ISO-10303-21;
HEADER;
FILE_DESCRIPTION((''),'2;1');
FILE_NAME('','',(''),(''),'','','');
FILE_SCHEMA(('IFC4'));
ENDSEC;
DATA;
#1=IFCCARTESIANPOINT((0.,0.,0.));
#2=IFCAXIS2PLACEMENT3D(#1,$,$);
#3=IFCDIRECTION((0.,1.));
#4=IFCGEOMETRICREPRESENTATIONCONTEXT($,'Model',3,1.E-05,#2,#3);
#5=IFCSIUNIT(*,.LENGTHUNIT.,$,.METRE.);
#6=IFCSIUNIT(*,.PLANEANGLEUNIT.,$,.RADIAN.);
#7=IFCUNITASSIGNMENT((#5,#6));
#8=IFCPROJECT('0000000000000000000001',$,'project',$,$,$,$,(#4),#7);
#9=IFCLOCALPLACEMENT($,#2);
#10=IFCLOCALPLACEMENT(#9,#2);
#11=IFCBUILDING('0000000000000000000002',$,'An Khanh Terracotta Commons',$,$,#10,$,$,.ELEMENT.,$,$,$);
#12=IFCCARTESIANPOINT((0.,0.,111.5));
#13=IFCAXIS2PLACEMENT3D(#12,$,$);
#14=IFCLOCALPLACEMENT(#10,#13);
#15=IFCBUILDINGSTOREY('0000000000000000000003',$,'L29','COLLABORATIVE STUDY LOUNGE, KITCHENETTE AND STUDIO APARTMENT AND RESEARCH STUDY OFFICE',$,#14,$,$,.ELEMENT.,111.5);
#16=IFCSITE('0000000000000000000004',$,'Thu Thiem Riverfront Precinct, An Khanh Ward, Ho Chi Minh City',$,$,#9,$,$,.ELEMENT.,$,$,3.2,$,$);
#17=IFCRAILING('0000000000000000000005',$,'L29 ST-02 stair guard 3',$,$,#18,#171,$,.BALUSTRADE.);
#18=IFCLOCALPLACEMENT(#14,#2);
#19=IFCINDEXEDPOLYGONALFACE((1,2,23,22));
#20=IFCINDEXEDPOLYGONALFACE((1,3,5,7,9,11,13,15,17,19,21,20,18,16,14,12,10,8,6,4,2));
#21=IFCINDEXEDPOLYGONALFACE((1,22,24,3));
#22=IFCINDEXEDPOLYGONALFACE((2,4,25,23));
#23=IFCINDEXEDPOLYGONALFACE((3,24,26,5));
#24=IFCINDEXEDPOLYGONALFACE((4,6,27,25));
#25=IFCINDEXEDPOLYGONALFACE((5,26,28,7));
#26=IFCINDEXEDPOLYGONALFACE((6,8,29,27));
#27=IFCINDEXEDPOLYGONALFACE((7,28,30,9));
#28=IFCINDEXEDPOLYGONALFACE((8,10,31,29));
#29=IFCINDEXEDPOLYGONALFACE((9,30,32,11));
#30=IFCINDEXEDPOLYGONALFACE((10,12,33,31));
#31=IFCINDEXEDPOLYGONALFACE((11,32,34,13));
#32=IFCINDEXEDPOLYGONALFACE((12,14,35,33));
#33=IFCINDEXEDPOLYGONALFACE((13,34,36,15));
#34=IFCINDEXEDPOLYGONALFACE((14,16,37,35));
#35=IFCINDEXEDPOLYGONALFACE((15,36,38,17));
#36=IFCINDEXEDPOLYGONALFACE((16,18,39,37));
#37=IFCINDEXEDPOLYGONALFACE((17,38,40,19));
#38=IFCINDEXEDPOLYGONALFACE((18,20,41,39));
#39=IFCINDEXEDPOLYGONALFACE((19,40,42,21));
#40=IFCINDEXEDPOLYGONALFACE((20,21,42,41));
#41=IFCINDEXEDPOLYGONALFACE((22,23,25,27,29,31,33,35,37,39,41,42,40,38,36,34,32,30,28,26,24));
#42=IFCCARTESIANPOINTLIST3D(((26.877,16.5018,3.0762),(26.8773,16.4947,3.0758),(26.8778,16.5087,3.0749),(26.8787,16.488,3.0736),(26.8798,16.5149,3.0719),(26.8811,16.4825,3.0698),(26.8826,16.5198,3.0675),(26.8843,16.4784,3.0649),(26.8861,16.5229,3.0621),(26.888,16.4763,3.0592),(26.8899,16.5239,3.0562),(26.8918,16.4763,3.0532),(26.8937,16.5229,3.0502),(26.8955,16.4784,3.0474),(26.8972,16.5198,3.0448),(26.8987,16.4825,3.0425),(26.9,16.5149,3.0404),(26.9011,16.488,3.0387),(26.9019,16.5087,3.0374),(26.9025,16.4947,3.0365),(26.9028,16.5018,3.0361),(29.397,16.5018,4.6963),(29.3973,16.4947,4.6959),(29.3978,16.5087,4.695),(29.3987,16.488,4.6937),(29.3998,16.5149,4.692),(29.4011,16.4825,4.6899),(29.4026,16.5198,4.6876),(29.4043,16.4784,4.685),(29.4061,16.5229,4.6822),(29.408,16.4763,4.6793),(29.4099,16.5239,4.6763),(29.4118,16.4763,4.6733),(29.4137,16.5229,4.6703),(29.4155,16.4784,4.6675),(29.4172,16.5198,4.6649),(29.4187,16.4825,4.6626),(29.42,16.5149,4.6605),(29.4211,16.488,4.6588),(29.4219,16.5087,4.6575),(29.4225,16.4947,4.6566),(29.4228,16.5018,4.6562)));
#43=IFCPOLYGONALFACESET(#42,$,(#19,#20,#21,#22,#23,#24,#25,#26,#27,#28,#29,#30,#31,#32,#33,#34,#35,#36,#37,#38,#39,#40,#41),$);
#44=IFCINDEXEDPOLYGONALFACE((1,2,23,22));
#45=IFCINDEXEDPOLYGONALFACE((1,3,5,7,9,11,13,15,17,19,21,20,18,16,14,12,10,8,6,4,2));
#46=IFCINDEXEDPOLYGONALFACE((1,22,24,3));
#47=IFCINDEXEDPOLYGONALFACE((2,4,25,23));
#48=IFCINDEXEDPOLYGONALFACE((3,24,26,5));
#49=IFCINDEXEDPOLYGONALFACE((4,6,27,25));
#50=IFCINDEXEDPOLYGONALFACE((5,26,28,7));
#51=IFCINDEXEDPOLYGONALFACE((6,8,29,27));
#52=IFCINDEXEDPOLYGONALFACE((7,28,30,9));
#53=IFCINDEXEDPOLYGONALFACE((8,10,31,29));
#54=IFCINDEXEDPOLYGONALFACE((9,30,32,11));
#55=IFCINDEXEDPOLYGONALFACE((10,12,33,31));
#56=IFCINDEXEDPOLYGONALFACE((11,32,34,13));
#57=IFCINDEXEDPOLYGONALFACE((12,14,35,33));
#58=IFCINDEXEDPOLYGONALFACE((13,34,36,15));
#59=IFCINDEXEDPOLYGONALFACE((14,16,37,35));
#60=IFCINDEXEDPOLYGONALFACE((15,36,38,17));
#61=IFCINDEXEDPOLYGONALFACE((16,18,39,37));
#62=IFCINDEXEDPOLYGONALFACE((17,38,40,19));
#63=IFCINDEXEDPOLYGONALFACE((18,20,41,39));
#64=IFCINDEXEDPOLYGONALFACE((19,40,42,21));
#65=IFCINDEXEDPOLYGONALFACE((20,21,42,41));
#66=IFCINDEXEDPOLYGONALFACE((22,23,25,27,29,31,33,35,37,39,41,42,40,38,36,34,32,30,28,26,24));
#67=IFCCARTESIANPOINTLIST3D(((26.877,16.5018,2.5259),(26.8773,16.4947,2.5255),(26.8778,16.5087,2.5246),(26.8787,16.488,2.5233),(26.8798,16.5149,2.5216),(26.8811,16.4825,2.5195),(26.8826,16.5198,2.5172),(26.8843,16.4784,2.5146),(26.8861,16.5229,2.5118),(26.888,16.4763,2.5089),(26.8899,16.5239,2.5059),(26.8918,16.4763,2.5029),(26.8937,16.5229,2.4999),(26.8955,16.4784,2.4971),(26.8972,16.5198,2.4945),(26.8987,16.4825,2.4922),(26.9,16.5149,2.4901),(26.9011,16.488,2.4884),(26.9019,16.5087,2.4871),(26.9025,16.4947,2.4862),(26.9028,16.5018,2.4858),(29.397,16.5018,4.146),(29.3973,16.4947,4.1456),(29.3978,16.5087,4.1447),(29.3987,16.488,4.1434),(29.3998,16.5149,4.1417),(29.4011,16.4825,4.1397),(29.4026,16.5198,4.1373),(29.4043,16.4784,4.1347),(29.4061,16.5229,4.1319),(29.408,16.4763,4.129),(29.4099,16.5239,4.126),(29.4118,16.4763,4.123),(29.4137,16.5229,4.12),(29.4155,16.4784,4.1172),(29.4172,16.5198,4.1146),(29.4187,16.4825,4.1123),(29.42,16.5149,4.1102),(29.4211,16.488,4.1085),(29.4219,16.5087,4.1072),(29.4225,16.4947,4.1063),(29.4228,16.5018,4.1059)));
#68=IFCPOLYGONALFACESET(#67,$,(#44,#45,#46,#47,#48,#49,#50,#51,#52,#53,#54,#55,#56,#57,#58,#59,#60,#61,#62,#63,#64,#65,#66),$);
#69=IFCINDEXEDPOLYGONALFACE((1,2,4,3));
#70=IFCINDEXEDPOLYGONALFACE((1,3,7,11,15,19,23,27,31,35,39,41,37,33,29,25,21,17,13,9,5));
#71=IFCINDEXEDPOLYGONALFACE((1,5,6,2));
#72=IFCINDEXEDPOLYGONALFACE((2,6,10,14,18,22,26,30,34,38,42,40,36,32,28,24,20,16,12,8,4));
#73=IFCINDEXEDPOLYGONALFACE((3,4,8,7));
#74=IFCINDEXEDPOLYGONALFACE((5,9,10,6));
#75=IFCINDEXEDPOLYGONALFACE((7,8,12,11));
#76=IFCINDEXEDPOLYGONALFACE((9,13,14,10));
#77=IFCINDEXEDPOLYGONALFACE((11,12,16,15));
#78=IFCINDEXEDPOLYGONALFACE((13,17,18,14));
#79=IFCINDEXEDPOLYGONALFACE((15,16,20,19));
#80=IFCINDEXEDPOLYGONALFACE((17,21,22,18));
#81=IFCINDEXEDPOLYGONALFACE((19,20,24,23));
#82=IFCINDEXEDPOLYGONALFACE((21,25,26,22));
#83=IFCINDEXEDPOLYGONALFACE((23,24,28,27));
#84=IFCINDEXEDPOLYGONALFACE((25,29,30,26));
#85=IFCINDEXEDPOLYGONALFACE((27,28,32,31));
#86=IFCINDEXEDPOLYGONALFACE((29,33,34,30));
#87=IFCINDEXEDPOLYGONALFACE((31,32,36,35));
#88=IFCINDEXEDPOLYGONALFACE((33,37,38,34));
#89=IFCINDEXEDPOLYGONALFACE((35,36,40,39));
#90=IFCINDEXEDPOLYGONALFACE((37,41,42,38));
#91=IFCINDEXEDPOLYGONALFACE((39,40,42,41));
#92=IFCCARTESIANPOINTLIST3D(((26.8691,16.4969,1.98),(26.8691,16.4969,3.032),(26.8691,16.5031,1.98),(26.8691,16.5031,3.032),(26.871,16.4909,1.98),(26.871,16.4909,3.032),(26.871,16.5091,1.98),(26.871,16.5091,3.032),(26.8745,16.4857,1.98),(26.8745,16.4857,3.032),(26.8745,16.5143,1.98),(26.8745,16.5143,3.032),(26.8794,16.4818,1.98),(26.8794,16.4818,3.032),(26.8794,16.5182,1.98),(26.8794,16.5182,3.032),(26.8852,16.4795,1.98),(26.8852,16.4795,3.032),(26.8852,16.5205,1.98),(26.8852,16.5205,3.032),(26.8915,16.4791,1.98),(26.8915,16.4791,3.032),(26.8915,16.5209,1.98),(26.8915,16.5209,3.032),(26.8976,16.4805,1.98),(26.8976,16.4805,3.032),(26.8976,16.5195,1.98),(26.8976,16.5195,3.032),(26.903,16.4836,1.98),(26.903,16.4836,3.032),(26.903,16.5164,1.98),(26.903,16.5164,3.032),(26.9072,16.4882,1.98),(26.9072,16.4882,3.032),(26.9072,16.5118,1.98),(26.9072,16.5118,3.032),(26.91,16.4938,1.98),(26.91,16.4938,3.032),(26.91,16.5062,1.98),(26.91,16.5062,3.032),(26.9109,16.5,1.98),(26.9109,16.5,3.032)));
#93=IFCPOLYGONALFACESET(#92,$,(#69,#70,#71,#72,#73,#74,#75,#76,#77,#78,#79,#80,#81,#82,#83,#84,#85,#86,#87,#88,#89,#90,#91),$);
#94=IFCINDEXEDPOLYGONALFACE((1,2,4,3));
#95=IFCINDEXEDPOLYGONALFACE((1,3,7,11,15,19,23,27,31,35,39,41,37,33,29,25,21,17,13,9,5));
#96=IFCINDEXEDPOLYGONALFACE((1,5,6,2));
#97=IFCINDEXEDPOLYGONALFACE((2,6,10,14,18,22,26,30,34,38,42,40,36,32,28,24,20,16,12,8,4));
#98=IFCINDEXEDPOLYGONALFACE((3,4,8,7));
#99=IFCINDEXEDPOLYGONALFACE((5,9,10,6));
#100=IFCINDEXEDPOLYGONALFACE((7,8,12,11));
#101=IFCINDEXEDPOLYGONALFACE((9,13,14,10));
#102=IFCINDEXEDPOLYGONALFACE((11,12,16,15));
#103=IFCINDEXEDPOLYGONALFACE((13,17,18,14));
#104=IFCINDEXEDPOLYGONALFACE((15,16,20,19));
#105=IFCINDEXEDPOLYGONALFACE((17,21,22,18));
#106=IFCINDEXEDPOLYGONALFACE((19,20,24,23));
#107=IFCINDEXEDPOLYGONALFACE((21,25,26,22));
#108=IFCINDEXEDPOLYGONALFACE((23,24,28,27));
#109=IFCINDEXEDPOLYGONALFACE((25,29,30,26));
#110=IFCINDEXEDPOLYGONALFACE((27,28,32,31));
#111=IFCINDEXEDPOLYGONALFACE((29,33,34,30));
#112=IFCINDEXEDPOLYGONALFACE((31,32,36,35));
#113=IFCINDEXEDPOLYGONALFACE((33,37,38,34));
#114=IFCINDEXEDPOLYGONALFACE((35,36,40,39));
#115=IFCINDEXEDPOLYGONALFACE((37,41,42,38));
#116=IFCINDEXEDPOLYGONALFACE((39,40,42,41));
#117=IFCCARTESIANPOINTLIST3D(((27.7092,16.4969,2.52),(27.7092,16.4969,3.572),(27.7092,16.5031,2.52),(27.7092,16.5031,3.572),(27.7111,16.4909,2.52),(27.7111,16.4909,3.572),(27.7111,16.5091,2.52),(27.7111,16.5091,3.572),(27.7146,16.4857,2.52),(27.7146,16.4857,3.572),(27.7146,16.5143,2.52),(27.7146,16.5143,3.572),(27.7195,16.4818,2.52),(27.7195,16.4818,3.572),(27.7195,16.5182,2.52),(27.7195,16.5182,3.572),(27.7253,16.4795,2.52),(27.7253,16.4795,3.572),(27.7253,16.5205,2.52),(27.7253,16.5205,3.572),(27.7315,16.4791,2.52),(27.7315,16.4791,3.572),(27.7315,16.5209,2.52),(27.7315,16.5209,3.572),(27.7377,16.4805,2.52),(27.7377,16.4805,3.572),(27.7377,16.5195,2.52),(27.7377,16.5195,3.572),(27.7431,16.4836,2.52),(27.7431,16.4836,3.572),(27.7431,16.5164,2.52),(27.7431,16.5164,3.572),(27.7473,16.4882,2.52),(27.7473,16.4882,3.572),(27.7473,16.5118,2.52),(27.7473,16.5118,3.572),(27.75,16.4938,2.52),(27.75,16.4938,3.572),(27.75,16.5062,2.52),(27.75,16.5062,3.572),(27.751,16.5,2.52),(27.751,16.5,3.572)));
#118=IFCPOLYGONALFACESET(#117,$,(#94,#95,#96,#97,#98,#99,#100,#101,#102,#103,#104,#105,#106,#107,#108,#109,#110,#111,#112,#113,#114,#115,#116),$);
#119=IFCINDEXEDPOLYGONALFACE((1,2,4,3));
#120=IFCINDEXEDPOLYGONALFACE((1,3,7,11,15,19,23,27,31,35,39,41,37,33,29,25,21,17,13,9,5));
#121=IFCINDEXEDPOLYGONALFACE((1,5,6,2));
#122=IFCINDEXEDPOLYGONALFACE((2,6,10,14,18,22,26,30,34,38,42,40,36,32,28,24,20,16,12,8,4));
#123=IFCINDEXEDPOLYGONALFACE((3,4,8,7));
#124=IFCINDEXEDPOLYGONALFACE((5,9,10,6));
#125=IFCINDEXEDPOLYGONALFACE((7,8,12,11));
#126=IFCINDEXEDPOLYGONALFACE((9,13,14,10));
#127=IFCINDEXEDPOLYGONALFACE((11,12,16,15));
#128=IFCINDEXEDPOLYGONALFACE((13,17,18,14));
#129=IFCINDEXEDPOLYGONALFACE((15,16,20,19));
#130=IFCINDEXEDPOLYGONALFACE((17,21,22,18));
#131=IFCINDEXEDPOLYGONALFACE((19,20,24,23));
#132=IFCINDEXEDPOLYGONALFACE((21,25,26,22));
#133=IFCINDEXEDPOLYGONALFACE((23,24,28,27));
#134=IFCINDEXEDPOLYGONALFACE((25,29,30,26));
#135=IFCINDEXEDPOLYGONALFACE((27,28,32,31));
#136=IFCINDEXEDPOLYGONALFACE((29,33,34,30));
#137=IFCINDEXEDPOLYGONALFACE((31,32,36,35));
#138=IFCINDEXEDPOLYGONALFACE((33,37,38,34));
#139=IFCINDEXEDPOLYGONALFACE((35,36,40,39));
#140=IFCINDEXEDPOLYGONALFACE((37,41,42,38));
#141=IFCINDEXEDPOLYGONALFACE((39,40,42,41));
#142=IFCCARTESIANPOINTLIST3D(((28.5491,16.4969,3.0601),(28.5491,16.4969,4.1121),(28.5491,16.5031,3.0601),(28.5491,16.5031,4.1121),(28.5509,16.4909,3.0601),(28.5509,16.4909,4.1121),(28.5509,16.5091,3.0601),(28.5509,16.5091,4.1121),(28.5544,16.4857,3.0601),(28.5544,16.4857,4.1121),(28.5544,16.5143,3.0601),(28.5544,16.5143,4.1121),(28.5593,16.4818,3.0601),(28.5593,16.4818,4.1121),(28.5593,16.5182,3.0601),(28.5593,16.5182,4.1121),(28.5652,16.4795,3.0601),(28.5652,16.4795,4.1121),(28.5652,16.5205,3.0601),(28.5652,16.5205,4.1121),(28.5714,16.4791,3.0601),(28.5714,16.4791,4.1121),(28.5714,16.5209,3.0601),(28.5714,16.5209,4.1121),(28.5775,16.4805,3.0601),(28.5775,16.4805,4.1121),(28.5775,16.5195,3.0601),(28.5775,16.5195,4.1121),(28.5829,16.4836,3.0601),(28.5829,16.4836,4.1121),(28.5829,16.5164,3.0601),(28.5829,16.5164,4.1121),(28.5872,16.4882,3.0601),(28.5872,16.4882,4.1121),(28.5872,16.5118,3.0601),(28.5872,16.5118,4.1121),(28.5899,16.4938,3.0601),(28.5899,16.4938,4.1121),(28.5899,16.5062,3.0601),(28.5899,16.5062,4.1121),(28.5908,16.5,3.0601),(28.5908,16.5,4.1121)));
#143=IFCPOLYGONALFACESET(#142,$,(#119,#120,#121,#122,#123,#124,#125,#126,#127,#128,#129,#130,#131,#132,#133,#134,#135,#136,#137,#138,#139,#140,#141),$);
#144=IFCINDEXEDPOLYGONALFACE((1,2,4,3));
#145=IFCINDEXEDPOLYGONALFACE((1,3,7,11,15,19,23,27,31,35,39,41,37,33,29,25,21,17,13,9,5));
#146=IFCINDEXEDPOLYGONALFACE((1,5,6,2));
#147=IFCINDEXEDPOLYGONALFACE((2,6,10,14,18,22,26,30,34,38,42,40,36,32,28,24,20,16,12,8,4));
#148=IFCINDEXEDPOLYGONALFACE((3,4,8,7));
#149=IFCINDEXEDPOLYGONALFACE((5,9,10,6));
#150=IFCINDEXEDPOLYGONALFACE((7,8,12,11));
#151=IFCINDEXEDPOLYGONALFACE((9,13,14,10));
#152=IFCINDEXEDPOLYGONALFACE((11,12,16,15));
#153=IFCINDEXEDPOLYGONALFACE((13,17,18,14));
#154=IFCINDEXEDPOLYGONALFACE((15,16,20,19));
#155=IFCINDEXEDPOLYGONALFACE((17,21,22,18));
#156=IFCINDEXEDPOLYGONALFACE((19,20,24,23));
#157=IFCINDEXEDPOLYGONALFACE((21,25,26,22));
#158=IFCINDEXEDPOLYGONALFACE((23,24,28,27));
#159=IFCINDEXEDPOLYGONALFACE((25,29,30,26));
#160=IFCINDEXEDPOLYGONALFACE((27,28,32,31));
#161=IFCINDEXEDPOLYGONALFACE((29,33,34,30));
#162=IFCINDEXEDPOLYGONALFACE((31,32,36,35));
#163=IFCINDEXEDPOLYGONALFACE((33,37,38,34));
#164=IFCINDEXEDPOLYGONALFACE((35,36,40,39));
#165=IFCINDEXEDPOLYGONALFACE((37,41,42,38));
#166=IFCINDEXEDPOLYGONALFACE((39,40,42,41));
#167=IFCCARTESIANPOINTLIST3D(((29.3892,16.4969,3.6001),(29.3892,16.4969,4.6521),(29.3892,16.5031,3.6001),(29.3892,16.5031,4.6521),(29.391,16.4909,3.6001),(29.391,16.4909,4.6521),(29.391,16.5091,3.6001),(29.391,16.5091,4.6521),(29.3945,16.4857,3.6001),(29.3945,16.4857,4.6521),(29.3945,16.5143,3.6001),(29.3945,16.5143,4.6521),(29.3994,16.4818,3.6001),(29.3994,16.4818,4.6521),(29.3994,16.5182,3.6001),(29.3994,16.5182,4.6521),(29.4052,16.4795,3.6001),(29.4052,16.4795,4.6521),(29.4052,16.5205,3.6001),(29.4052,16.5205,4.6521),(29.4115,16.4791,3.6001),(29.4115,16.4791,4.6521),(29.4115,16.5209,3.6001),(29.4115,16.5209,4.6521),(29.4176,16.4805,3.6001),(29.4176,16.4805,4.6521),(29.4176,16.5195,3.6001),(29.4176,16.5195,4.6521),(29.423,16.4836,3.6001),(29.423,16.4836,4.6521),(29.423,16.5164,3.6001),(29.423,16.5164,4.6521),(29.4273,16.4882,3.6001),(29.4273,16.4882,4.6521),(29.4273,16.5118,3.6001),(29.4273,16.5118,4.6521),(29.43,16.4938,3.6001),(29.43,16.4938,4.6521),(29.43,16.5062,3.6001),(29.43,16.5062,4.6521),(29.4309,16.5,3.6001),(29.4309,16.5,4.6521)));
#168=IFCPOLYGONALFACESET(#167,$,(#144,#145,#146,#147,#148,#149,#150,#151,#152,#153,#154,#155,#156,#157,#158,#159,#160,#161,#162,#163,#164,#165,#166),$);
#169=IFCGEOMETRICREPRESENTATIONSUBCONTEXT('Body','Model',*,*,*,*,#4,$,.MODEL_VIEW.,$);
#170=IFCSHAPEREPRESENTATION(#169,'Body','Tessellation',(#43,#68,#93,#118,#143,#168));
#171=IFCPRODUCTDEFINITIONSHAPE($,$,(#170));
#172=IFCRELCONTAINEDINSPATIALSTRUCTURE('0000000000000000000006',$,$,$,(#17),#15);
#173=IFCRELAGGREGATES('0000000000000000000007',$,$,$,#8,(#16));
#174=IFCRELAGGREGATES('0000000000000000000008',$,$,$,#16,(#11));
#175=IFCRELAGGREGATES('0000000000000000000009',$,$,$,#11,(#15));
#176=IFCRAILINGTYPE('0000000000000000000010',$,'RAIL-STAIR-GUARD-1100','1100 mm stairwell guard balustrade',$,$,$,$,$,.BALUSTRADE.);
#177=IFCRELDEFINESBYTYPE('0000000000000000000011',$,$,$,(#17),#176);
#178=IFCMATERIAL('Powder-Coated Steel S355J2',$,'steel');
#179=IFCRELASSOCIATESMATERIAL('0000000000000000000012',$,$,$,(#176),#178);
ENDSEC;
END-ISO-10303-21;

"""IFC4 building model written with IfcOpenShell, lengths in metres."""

from ifc_helpers import new_model, si_unit, direction, frame, origin, origin_2d, place, context, subcontext, project, spatial, circle, extrude, material, type_object, element, save


model = new_model("IFC4")

# Units and contexts
model_context = context("Model", 3, precision=1e-05, world=origin(), true_north=direction((0.0, 1.0)))
body_context = subcontext(model_context, "Body", "Model", "MODEL_VIEW")
ifc_project = project(units=[si_unit("LENGTHUNIT", "METRE"), si_unit("PLANEANGLEUNIT", "RADIAN")], contexts=[model_context])

# Site, building, storey
site_placement = place(None, origin())
site = spatial("IfcSite", under=ifc_project, at=site_placement, Name="Thu Thiem Riverfront Precinct, An Khanh Ward, Ho Chi Minh City", CompositionType="ELEMENT", RefElevation=3.2)
building_placement = place(site_placement, origin())
building = spatial("IfcBuilding", under=site, at=building_placement, Name="An Khanh Terracotta Commons", CompositionType="ELEMENT")
storey_placement = place(building_placement, frame((0.0, 0.0, 111.5)))
storey = spatial("IfcBuildingStorey", under=building, at=storey_placement, Name="L29", Description="COLLABORATIVE STUDY LOUNGE, KITCHENETTE AND STUDIO APARTMENT AND RESEARCH STUDY OFFICE", CompositionType="ELEMENT", Elevation=111.5)

# Railing
ifc_material_1 = material(Name="Powder-Coated Steel S355J2", Category="steel")
railing_type_1 = type_object("IfcRailingType", Name="RAIL-STAIR-GUARD-1100", Description="1100 mm stairwell guard balustrade", PredefinedType="BALUSTRADE", material=ifc_material_1)
railing_1_placement = place(storey_placement, frame((26.8899, 16.5, 1.98)))
element("IfcRailing", 1, at=railing_1_placement, inside=storey, type_object=railing_type_1, Name="L29 ST-02 stair guard 3", PredefinedType="BALUSTRADE", context=body_context, shape_type="SweptSolid", body=[
    extrude(circle(Radius=0.0239, at=origin_2d()), frame((0.0, 0.0, 1.0762), z_axis=(0.841163, 0.0, 0.540782), x_axis=(0.0, 1.0, 0.0)), (0.0, 0.0, 1.0), 2.9958),
    extrude(circle(Radius=0.0239, at=origin_2d()), frame((0.0, 0.0, 0.5259), z_axis=(0.841163, 0.0, 0.540782), x_axis=(0.0, 1.0, 0.0)), (0.0, 0.0, 1.0), 2.9958),
    extrude(circle(Radius=0.021, at=origin_2d()), origin(), (0.0, 0.0, 1.0), 1.052),
    extrude(circle(Radius=0.021, at=origin_2d()), frame((0.8401, 0.0, 0.54)), (0.0, 0.0, 1.0), 1.052),
    extrude(circle(Radius=0.021, at=origin_2d()), frame((1.6799, 0.0, 1.0801)), (0.0, 0.0, 1.0), 1.052),
    extrude(circle(Radius=0.021, at=origin_2d()), frame((2.52, 0.0, 1.6201)), (0.0, 0.0, 1.0), 1.052),
])

save(model, "model.ifc")
